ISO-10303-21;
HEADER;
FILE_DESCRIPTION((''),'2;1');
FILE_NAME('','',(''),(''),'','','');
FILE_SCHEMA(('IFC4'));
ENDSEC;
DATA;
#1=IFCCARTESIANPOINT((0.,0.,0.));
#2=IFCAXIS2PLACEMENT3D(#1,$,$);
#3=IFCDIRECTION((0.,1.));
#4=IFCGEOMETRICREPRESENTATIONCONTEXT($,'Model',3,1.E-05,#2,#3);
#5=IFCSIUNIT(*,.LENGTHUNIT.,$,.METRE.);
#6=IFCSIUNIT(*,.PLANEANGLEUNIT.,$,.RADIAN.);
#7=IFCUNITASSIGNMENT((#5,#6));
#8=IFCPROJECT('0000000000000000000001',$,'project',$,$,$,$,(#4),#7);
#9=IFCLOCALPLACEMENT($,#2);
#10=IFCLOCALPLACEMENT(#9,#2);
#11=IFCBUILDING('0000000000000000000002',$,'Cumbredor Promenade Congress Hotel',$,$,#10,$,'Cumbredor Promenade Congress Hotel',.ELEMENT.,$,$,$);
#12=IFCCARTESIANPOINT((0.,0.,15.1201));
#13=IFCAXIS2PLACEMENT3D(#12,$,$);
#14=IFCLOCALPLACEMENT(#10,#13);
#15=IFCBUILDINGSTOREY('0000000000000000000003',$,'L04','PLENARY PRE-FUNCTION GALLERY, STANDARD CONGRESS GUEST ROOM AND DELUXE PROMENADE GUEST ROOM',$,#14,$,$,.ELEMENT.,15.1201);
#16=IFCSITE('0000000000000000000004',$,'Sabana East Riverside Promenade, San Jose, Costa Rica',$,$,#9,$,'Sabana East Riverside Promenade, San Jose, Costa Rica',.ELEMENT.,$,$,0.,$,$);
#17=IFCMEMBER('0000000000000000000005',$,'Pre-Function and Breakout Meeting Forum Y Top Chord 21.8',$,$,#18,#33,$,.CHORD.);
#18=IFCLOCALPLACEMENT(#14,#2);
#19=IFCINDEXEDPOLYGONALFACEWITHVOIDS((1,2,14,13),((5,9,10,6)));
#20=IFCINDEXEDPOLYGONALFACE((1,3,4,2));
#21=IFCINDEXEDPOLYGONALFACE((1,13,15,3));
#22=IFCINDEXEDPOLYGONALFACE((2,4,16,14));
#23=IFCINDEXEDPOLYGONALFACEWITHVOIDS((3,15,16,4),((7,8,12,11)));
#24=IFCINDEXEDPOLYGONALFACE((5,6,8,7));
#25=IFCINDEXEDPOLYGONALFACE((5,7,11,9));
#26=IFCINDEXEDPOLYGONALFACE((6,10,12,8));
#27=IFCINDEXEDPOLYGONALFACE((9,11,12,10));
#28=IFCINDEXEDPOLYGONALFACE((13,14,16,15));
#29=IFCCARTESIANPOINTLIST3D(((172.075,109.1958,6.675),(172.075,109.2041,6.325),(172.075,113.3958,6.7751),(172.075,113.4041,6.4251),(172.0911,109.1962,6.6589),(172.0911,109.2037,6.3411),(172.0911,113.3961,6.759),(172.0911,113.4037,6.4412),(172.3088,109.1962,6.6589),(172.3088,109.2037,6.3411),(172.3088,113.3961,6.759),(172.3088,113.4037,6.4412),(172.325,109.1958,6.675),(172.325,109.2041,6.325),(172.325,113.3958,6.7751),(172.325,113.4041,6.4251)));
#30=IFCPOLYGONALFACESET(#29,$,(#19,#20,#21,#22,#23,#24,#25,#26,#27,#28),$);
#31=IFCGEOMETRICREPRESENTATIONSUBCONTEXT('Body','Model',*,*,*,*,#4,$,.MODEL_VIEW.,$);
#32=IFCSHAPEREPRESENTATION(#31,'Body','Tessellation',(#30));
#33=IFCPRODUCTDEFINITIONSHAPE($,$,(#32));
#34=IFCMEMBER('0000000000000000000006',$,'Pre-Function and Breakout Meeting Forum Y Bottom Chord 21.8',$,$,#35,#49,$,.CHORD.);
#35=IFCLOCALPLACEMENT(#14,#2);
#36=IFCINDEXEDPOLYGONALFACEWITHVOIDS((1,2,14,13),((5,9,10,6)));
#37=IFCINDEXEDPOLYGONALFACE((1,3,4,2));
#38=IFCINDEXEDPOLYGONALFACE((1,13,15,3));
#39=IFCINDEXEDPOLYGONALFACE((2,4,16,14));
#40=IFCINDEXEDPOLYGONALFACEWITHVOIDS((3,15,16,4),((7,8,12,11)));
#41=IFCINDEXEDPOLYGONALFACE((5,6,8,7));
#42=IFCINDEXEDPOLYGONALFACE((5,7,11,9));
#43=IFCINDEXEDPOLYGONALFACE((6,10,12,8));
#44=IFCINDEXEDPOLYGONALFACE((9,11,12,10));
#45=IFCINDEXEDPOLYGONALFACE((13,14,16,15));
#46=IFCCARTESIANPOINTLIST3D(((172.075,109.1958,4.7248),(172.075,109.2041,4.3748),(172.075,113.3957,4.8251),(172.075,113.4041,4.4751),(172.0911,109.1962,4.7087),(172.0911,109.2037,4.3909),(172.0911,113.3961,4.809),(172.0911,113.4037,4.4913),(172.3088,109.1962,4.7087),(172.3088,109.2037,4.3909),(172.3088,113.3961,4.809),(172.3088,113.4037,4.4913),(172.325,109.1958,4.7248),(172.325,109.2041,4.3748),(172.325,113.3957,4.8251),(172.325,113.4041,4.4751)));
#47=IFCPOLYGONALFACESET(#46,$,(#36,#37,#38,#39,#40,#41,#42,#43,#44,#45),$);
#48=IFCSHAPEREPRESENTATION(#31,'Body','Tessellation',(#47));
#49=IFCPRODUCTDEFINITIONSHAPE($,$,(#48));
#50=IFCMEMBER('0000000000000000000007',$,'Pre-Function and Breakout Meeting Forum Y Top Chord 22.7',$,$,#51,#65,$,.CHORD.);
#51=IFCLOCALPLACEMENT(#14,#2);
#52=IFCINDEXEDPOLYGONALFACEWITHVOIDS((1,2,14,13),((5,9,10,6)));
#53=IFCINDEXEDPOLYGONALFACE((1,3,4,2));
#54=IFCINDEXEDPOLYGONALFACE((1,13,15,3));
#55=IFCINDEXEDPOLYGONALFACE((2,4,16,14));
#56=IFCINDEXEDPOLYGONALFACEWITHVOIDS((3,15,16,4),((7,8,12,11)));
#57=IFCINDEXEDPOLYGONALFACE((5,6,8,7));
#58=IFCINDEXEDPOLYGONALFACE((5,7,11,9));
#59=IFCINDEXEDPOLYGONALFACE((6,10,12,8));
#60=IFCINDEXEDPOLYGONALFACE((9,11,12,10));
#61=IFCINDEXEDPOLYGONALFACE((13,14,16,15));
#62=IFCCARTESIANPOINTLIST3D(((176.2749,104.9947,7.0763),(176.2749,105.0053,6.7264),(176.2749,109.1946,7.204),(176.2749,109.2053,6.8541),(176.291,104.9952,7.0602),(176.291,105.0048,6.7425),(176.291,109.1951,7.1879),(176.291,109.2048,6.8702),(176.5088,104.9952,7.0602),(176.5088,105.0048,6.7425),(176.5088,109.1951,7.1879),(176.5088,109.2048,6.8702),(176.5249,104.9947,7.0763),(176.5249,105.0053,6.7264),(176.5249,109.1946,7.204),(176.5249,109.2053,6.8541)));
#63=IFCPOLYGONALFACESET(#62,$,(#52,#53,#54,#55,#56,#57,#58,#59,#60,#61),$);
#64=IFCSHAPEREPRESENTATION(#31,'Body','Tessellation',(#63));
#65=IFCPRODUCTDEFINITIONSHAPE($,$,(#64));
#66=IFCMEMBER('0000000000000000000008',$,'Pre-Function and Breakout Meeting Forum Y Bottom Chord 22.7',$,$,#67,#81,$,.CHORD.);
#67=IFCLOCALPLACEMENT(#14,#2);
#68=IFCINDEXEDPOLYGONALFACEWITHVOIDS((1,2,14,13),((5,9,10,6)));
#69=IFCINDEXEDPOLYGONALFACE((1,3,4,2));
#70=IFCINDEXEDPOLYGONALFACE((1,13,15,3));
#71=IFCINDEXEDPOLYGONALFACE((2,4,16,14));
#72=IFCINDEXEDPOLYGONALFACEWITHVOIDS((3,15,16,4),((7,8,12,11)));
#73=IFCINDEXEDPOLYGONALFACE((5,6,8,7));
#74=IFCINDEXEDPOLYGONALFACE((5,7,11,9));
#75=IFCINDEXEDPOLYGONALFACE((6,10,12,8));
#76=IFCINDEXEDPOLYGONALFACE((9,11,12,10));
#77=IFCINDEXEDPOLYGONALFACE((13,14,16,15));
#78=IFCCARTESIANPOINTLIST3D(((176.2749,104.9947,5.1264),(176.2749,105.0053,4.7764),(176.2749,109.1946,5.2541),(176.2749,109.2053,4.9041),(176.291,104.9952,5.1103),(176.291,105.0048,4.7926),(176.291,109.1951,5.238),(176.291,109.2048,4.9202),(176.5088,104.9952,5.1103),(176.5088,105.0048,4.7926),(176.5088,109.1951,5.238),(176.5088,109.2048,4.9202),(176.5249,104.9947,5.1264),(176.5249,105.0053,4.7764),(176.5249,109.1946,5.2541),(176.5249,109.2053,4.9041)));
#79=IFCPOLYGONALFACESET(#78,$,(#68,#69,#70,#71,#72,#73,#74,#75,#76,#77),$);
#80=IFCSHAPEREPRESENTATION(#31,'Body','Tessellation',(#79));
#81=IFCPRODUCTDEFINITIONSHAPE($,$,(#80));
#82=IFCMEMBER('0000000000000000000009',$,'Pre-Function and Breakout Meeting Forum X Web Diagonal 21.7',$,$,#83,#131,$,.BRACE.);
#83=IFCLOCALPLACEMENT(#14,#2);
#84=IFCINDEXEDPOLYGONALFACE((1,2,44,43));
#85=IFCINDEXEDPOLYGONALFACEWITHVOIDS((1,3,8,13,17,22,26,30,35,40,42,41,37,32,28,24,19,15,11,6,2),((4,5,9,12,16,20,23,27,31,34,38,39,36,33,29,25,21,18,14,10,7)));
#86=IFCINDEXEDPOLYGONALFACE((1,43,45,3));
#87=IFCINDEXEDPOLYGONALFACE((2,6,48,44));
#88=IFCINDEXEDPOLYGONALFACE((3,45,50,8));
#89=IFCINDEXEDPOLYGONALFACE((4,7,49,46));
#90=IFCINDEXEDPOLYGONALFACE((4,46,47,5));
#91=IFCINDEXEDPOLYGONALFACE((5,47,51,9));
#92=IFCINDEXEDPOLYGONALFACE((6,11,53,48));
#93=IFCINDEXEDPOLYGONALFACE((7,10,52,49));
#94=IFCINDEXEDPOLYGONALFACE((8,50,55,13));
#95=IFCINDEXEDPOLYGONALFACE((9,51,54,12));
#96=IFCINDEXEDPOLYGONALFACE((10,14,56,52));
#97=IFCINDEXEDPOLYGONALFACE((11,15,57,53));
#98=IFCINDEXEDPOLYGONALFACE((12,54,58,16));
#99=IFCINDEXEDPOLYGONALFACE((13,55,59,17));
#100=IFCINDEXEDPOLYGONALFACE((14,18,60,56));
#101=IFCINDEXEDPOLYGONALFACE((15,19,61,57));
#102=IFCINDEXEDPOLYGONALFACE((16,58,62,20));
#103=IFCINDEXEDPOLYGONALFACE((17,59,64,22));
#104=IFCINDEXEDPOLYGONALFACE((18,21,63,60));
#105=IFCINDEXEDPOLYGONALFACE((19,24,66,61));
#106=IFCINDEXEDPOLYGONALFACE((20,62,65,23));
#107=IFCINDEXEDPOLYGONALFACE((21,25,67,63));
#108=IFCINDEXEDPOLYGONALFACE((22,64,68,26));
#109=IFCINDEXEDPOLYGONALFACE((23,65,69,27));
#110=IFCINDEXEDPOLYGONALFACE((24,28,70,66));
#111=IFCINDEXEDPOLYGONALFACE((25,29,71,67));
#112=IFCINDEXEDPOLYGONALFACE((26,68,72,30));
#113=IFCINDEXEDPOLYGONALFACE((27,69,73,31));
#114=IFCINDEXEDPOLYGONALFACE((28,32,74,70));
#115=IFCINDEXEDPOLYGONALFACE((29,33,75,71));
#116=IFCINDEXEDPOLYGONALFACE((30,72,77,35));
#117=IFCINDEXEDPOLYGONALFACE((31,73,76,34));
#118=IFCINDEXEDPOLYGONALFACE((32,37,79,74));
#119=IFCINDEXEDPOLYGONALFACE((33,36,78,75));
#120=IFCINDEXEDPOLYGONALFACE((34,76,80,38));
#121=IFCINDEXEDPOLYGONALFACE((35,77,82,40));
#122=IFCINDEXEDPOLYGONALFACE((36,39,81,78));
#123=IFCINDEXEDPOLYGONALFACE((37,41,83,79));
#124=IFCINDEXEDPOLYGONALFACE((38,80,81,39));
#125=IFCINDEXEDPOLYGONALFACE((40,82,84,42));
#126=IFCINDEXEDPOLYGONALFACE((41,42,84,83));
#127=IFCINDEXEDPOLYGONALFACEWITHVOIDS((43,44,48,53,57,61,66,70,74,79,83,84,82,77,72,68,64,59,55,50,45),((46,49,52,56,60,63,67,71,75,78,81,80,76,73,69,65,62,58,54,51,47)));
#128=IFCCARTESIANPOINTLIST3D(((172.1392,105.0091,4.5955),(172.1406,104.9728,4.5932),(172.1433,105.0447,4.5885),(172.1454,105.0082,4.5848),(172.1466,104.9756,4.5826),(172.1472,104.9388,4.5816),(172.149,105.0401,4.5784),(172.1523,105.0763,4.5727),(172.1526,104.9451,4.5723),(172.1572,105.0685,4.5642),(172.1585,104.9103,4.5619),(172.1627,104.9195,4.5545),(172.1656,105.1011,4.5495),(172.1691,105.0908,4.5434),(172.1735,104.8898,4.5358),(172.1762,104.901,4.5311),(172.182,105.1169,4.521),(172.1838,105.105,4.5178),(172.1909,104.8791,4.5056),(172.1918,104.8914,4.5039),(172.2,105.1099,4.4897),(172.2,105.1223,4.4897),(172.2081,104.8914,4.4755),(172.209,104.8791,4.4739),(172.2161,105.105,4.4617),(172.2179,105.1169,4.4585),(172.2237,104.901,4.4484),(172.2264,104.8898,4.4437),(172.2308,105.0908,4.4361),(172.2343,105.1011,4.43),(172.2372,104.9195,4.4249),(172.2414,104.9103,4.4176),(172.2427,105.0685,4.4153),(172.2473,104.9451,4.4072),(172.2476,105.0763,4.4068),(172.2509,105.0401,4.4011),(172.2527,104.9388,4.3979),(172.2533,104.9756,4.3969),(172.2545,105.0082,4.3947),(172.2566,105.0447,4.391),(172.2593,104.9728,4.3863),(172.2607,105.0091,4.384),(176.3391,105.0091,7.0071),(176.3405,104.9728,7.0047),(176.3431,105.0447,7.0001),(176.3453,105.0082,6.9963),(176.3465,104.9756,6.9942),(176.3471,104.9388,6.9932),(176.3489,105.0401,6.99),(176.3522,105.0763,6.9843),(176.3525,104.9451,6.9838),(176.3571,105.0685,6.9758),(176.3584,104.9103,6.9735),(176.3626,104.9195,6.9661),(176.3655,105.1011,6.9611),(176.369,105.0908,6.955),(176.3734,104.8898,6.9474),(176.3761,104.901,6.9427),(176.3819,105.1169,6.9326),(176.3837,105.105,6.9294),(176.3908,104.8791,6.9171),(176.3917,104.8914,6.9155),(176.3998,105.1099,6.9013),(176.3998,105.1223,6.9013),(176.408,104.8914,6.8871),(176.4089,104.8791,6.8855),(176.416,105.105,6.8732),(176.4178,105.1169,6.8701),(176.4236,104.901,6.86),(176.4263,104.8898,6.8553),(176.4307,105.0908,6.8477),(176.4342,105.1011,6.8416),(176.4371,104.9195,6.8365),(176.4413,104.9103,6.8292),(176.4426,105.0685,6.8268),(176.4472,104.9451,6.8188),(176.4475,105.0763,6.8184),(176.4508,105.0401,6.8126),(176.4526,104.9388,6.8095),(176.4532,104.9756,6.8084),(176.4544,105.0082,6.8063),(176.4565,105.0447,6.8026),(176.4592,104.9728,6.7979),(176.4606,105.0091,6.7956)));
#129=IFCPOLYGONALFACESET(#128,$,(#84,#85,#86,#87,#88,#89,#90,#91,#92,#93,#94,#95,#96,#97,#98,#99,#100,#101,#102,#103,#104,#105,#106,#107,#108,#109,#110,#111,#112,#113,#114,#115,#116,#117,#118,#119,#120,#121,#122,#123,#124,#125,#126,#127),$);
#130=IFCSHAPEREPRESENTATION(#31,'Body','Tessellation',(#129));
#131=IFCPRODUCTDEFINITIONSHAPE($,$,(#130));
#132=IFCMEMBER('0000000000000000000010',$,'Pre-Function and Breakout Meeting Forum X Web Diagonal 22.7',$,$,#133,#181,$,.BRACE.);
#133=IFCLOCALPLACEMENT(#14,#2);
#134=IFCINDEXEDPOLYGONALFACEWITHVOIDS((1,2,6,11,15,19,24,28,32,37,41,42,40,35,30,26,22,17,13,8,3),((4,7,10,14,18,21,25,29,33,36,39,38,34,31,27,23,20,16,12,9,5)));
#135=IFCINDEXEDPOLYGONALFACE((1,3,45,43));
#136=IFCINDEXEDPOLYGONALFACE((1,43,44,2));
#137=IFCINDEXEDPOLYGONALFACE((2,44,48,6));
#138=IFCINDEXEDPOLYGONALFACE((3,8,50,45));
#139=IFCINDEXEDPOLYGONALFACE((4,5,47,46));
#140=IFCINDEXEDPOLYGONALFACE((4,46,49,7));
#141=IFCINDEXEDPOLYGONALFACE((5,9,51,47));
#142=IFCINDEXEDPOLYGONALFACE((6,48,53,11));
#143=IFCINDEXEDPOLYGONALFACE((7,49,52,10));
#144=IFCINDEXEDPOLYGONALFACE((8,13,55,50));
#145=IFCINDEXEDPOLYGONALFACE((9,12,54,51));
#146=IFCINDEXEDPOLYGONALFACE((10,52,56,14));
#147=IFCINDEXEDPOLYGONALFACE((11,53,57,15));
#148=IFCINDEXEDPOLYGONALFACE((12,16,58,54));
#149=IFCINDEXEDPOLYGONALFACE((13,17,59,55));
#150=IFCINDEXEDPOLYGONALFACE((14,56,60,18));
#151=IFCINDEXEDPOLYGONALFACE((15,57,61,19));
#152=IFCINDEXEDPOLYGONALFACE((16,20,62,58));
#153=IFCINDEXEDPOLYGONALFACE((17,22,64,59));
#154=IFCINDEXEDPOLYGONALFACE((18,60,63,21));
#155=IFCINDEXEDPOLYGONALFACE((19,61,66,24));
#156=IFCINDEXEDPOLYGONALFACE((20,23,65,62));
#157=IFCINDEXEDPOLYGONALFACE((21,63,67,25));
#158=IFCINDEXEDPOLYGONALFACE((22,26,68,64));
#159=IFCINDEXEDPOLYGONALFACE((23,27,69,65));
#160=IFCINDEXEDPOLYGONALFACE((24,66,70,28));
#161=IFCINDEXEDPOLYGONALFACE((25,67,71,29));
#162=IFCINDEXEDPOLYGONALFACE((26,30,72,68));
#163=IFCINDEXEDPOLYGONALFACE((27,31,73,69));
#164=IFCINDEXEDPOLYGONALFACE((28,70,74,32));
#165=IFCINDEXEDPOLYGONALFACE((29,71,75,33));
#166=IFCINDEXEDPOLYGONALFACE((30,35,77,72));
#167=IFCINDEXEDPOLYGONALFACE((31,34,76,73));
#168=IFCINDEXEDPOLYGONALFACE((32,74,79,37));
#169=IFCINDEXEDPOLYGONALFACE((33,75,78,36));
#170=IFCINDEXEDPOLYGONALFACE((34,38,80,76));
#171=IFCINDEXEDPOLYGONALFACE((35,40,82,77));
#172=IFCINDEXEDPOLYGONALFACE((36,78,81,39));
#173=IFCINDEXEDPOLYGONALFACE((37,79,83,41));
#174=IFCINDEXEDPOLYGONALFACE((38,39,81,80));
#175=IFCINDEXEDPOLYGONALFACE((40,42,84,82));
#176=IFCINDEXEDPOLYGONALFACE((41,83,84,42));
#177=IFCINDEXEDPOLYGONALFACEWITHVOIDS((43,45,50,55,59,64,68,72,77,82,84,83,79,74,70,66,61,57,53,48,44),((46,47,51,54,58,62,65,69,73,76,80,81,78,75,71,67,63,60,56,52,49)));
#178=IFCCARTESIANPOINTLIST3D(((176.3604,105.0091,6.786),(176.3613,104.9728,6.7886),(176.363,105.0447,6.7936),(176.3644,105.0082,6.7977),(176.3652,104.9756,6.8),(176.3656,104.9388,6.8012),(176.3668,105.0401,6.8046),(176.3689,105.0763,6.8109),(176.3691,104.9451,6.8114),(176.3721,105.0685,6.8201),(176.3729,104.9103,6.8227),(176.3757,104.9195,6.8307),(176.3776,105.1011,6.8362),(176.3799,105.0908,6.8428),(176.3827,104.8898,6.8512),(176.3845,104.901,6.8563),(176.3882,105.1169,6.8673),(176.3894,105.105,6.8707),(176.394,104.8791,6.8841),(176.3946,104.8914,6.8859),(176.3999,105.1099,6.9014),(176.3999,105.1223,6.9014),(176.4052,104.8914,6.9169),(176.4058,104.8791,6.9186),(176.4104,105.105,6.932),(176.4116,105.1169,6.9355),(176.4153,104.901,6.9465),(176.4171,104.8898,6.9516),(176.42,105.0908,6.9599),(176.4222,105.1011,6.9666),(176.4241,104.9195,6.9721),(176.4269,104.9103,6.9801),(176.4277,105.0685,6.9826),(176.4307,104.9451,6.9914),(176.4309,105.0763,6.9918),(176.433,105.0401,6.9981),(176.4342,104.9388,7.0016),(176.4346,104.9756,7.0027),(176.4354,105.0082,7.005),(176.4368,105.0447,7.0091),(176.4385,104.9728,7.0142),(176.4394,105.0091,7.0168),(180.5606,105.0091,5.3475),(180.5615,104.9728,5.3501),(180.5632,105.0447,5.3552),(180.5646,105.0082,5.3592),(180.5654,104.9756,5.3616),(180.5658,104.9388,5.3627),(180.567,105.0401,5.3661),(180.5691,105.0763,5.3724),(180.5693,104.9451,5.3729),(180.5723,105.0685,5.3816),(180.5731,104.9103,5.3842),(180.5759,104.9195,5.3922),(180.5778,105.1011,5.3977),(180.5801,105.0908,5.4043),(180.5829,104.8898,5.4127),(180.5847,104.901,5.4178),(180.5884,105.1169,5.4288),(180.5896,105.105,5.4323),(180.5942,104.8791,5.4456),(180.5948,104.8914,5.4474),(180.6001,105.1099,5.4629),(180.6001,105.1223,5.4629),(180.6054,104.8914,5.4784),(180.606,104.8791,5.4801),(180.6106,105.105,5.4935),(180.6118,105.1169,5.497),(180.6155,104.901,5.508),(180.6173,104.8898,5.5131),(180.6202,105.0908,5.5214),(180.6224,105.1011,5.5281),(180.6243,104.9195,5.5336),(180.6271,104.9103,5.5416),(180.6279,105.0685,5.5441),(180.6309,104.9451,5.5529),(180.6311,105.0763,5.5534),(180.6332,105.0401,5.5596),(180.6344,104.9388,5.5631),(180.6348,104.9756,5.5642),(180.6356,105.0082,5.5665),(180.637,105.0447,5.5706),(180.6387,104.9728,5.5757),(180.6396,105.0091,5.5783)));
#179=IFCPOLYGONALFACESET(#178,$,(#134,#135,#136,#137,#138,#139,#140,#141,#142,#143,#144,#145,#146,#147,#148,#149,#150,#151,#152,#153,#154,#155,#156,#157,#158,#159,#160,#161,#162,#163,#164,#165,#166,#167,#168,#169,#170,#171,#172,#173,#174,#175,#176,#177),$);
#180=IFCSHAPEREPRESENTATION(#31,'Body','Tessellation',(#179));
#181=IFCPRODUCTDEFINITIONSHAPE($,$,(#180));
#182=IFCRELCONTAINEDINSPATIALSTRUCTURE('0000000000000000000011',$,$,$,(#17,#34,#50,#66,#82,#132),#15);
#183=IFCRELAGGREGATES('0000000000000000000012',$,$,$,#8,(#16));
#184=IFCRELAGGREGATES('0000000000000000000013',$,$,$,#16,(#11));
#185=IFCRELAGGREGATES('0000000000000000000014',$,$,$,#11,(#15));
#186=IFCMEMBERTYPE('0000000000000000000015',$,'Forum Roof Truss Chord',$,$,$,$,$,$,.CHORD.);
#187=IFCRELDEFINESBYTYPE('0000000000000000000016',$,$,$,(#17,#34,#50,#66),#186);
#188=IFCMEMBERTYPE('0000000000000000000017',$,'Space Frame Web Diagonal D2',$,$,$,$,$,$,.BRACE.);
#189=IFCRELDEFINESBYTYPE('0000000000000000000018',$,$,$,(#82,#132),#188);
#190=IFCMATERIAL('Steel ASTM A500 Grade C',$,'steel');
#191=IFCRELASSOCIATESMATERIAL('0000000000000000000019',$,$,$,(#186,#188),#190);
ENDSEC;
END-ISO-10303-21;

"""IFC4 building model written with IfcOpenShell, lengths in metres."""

from ifc_helpers import new_model, si_unit, direction, frame, origin, origin_2d, place, context, subcontext, project, spatial, hollow_rectangle, hollow_circle, extrude, material, material_profile, profile_set, type_object, element, save


model = new_model("IFC4")

# Units and contexts
model_context = context("Model", 3, precision=1e-05, world=origin(), true_north=direction((0.0, 1.0)))
body_context = subcontext(model_context, "Body", "Model", "MODEL_VIEW")
ifc_project = project(units=[si_unit("LENGTHUNIT", "METRE"), si_unit("PLANEANGLEUNIT", "RADIAN")], contexts=[model_context])

# Site, building, storey
site_placement = place(None, origin())
site = spatial("IfcSite", under=ifc_project, at=site_placement, Name="Sabana East Riverside Promenade, San Jose, Costa Rica", LongName="Sabana East Riverside Promenade, San Jose, Costa Rica", CompositionType="ELEMENT", RefElevation=0.0)
building_placement = place(site_placement, origin())
building = spatial("IfcBuilding", under=site, at=building_placement, Name="Cumbredor Promenade Congress Hotel", LongName="Cumbredor Promenade Congress Hotel", CompositionType="ELEMENT")
storey_placement = place(building_placement, frame((0.0, 0.0, 15.1201)))
storey = spatial("IfcBuildingStorey", under=building, at=storey_placement, Name="L04", Description="PLENARY PRE-FUNCTION GALLERY, STANDARD CONGRESS GUEST ROOM AND DELUXE PROMENADE GUEST ROOM", CompositionType="ELEMENT", Elevation=15.1201)

# Members
ifc_material_1 = material(Name="Steel ASTM A500 Grade C", Category="steel")
ifc_material_profile_1 = material_profile(ifc_material_1, hollow_rectangle(XDim=0.25, YDim=0.3501, WallThickness=0.0161, at=origin_2d()), Name="HSS 350x250x16")
ifc_profile_set_1 = profile_set([ifc_material_profile_1], Name="Steel ASTM A500 Grade C")
member_type_1 = type_object("IfcMemberType", Name="Forum Roof Truss Chord", PredefinedType="CHORD", material=ifc_profile_set_1)
for number, where, z_axis, x_axis, name in (
    (1, (172.2, 109.2, 6.5), (0.0, 0.999716, 0.023826), (-1.0, 0.0, 0.0), "Pre-Function and Breakout Meeting Forum Y Top Chord 21.8"),
    (2, (172.2, 109.2, 4.5498), (0.0, 0.999715, 0.023884), (-1.0, 0.0, 0.0), "Pre-Function and Breakout Meeting Forum Y Bottom Chord 21.8"),
):
    element("IfcMember", number, at=place(storey_placement, frame(where, z_axis=z_axis, x_axis=x_axis)), inside=storey, type_object=member_type_1, Name=name, PredefinedType="CHORD", context=body_context, shape_type="SweptSolid", body=[
        extrude(hollow_rectangle(XDim=0.25, YDim=0.3501, WallThickness=0.0161, at=origin_2d()), origin(), (0.0, 0.0, 1.0), 4.2012),
    ])
for number, where, z_axis, x_axis, name in (
    (3, (176.3999, 105.0, 6.9014), (0.0, 0.999538, 0.030388), (-1.0, 0.0, 0.0), "Pre-Function and Breakout Meeting Forum Y Top Chord 22.7"),
    (4, (176.3999, 105.0, 4.9514), (0.0, 0.999538, 0.030388), (-1.0, 0.0, 0.0), "Pre-Function and Breakout Meeting Forum Y Bottom Chord 22.7"),
):
    element("IfcMember", number, at=place(storey_placement, frame(where, z_axis=z_axis, x_axis=x_axis)), inside=storey, type_object=member_type_1, Name=name, PredefinedType="CHORD", context=body_context, shape_type="SweptSolid", body=[
        extrude(hollow_rectangle(XDim=0.25, YDim=0.3501, WallThickness=0.0161, at=origin_2d()), origin(), (0.0, 0.0, 1.0), 4.2019),
    ])
ifc_material_profile_2 = material_profile(ifc_material_1, hollow_circle(Radius=0.1223, WallThickness=0.0125, at=origin_2d()), Name="CHS 244.5x12.5")
ifc_profile_set_2 = profile_set([ifc_material_profile_2], Name="Steel ASTM A500 Grade C")
member_type_2 = type_object("IfcMemberType", Name="Space Frame Web Diagonal D2", PredefinedType="BRACE", material=ifc_profile_set_2)
member_1_placement = place(storey_placement, frame((172.2, 105.0, 4.4897), z_axis=(0.867205, 0.0, 0.497951), x_axis=(0.0, 1.0, 0.0)))
element("IfcMember", 5, at=member_1_placement, inside=storey, type_object=member_type_2, Name="Pre-Function and Breakout Meeting Forum X Web Diagonal 21.7", PredefinedType="BRACE", context=body_context, shape_type="SweptSolid", body=[
    extrude(hollow_circle(Radius=0.1223, WallThickness=0.0125, at=origin_2d()), origin(), (0.0, 0.0, 1.0), 4.843),
])
member_2_placement = place(storey_placement, frame((176.3999, 105.0, 6.9014), z_axis=(0.946056, 0.0, -0.324004), x_axis=(0.0, 1.0, 0.0)))
element("IfcMember", 6, at=member_2_placement, inside=storey, type_object=member_type_2, Name="Pre-Function and Breakout Meeting Forum X Web Diagonal 22.7", PredefinedType="BRACE", context=body_context, shape_type="SweptSolid", body=[
    extrude(hollow_circle(Radius=0.1223, WallThickness=0.0125, at=origin_2d()), origin(), (0.0, 0.0, 1.0), 4.4397),
])

save(model, "model.ifc")
